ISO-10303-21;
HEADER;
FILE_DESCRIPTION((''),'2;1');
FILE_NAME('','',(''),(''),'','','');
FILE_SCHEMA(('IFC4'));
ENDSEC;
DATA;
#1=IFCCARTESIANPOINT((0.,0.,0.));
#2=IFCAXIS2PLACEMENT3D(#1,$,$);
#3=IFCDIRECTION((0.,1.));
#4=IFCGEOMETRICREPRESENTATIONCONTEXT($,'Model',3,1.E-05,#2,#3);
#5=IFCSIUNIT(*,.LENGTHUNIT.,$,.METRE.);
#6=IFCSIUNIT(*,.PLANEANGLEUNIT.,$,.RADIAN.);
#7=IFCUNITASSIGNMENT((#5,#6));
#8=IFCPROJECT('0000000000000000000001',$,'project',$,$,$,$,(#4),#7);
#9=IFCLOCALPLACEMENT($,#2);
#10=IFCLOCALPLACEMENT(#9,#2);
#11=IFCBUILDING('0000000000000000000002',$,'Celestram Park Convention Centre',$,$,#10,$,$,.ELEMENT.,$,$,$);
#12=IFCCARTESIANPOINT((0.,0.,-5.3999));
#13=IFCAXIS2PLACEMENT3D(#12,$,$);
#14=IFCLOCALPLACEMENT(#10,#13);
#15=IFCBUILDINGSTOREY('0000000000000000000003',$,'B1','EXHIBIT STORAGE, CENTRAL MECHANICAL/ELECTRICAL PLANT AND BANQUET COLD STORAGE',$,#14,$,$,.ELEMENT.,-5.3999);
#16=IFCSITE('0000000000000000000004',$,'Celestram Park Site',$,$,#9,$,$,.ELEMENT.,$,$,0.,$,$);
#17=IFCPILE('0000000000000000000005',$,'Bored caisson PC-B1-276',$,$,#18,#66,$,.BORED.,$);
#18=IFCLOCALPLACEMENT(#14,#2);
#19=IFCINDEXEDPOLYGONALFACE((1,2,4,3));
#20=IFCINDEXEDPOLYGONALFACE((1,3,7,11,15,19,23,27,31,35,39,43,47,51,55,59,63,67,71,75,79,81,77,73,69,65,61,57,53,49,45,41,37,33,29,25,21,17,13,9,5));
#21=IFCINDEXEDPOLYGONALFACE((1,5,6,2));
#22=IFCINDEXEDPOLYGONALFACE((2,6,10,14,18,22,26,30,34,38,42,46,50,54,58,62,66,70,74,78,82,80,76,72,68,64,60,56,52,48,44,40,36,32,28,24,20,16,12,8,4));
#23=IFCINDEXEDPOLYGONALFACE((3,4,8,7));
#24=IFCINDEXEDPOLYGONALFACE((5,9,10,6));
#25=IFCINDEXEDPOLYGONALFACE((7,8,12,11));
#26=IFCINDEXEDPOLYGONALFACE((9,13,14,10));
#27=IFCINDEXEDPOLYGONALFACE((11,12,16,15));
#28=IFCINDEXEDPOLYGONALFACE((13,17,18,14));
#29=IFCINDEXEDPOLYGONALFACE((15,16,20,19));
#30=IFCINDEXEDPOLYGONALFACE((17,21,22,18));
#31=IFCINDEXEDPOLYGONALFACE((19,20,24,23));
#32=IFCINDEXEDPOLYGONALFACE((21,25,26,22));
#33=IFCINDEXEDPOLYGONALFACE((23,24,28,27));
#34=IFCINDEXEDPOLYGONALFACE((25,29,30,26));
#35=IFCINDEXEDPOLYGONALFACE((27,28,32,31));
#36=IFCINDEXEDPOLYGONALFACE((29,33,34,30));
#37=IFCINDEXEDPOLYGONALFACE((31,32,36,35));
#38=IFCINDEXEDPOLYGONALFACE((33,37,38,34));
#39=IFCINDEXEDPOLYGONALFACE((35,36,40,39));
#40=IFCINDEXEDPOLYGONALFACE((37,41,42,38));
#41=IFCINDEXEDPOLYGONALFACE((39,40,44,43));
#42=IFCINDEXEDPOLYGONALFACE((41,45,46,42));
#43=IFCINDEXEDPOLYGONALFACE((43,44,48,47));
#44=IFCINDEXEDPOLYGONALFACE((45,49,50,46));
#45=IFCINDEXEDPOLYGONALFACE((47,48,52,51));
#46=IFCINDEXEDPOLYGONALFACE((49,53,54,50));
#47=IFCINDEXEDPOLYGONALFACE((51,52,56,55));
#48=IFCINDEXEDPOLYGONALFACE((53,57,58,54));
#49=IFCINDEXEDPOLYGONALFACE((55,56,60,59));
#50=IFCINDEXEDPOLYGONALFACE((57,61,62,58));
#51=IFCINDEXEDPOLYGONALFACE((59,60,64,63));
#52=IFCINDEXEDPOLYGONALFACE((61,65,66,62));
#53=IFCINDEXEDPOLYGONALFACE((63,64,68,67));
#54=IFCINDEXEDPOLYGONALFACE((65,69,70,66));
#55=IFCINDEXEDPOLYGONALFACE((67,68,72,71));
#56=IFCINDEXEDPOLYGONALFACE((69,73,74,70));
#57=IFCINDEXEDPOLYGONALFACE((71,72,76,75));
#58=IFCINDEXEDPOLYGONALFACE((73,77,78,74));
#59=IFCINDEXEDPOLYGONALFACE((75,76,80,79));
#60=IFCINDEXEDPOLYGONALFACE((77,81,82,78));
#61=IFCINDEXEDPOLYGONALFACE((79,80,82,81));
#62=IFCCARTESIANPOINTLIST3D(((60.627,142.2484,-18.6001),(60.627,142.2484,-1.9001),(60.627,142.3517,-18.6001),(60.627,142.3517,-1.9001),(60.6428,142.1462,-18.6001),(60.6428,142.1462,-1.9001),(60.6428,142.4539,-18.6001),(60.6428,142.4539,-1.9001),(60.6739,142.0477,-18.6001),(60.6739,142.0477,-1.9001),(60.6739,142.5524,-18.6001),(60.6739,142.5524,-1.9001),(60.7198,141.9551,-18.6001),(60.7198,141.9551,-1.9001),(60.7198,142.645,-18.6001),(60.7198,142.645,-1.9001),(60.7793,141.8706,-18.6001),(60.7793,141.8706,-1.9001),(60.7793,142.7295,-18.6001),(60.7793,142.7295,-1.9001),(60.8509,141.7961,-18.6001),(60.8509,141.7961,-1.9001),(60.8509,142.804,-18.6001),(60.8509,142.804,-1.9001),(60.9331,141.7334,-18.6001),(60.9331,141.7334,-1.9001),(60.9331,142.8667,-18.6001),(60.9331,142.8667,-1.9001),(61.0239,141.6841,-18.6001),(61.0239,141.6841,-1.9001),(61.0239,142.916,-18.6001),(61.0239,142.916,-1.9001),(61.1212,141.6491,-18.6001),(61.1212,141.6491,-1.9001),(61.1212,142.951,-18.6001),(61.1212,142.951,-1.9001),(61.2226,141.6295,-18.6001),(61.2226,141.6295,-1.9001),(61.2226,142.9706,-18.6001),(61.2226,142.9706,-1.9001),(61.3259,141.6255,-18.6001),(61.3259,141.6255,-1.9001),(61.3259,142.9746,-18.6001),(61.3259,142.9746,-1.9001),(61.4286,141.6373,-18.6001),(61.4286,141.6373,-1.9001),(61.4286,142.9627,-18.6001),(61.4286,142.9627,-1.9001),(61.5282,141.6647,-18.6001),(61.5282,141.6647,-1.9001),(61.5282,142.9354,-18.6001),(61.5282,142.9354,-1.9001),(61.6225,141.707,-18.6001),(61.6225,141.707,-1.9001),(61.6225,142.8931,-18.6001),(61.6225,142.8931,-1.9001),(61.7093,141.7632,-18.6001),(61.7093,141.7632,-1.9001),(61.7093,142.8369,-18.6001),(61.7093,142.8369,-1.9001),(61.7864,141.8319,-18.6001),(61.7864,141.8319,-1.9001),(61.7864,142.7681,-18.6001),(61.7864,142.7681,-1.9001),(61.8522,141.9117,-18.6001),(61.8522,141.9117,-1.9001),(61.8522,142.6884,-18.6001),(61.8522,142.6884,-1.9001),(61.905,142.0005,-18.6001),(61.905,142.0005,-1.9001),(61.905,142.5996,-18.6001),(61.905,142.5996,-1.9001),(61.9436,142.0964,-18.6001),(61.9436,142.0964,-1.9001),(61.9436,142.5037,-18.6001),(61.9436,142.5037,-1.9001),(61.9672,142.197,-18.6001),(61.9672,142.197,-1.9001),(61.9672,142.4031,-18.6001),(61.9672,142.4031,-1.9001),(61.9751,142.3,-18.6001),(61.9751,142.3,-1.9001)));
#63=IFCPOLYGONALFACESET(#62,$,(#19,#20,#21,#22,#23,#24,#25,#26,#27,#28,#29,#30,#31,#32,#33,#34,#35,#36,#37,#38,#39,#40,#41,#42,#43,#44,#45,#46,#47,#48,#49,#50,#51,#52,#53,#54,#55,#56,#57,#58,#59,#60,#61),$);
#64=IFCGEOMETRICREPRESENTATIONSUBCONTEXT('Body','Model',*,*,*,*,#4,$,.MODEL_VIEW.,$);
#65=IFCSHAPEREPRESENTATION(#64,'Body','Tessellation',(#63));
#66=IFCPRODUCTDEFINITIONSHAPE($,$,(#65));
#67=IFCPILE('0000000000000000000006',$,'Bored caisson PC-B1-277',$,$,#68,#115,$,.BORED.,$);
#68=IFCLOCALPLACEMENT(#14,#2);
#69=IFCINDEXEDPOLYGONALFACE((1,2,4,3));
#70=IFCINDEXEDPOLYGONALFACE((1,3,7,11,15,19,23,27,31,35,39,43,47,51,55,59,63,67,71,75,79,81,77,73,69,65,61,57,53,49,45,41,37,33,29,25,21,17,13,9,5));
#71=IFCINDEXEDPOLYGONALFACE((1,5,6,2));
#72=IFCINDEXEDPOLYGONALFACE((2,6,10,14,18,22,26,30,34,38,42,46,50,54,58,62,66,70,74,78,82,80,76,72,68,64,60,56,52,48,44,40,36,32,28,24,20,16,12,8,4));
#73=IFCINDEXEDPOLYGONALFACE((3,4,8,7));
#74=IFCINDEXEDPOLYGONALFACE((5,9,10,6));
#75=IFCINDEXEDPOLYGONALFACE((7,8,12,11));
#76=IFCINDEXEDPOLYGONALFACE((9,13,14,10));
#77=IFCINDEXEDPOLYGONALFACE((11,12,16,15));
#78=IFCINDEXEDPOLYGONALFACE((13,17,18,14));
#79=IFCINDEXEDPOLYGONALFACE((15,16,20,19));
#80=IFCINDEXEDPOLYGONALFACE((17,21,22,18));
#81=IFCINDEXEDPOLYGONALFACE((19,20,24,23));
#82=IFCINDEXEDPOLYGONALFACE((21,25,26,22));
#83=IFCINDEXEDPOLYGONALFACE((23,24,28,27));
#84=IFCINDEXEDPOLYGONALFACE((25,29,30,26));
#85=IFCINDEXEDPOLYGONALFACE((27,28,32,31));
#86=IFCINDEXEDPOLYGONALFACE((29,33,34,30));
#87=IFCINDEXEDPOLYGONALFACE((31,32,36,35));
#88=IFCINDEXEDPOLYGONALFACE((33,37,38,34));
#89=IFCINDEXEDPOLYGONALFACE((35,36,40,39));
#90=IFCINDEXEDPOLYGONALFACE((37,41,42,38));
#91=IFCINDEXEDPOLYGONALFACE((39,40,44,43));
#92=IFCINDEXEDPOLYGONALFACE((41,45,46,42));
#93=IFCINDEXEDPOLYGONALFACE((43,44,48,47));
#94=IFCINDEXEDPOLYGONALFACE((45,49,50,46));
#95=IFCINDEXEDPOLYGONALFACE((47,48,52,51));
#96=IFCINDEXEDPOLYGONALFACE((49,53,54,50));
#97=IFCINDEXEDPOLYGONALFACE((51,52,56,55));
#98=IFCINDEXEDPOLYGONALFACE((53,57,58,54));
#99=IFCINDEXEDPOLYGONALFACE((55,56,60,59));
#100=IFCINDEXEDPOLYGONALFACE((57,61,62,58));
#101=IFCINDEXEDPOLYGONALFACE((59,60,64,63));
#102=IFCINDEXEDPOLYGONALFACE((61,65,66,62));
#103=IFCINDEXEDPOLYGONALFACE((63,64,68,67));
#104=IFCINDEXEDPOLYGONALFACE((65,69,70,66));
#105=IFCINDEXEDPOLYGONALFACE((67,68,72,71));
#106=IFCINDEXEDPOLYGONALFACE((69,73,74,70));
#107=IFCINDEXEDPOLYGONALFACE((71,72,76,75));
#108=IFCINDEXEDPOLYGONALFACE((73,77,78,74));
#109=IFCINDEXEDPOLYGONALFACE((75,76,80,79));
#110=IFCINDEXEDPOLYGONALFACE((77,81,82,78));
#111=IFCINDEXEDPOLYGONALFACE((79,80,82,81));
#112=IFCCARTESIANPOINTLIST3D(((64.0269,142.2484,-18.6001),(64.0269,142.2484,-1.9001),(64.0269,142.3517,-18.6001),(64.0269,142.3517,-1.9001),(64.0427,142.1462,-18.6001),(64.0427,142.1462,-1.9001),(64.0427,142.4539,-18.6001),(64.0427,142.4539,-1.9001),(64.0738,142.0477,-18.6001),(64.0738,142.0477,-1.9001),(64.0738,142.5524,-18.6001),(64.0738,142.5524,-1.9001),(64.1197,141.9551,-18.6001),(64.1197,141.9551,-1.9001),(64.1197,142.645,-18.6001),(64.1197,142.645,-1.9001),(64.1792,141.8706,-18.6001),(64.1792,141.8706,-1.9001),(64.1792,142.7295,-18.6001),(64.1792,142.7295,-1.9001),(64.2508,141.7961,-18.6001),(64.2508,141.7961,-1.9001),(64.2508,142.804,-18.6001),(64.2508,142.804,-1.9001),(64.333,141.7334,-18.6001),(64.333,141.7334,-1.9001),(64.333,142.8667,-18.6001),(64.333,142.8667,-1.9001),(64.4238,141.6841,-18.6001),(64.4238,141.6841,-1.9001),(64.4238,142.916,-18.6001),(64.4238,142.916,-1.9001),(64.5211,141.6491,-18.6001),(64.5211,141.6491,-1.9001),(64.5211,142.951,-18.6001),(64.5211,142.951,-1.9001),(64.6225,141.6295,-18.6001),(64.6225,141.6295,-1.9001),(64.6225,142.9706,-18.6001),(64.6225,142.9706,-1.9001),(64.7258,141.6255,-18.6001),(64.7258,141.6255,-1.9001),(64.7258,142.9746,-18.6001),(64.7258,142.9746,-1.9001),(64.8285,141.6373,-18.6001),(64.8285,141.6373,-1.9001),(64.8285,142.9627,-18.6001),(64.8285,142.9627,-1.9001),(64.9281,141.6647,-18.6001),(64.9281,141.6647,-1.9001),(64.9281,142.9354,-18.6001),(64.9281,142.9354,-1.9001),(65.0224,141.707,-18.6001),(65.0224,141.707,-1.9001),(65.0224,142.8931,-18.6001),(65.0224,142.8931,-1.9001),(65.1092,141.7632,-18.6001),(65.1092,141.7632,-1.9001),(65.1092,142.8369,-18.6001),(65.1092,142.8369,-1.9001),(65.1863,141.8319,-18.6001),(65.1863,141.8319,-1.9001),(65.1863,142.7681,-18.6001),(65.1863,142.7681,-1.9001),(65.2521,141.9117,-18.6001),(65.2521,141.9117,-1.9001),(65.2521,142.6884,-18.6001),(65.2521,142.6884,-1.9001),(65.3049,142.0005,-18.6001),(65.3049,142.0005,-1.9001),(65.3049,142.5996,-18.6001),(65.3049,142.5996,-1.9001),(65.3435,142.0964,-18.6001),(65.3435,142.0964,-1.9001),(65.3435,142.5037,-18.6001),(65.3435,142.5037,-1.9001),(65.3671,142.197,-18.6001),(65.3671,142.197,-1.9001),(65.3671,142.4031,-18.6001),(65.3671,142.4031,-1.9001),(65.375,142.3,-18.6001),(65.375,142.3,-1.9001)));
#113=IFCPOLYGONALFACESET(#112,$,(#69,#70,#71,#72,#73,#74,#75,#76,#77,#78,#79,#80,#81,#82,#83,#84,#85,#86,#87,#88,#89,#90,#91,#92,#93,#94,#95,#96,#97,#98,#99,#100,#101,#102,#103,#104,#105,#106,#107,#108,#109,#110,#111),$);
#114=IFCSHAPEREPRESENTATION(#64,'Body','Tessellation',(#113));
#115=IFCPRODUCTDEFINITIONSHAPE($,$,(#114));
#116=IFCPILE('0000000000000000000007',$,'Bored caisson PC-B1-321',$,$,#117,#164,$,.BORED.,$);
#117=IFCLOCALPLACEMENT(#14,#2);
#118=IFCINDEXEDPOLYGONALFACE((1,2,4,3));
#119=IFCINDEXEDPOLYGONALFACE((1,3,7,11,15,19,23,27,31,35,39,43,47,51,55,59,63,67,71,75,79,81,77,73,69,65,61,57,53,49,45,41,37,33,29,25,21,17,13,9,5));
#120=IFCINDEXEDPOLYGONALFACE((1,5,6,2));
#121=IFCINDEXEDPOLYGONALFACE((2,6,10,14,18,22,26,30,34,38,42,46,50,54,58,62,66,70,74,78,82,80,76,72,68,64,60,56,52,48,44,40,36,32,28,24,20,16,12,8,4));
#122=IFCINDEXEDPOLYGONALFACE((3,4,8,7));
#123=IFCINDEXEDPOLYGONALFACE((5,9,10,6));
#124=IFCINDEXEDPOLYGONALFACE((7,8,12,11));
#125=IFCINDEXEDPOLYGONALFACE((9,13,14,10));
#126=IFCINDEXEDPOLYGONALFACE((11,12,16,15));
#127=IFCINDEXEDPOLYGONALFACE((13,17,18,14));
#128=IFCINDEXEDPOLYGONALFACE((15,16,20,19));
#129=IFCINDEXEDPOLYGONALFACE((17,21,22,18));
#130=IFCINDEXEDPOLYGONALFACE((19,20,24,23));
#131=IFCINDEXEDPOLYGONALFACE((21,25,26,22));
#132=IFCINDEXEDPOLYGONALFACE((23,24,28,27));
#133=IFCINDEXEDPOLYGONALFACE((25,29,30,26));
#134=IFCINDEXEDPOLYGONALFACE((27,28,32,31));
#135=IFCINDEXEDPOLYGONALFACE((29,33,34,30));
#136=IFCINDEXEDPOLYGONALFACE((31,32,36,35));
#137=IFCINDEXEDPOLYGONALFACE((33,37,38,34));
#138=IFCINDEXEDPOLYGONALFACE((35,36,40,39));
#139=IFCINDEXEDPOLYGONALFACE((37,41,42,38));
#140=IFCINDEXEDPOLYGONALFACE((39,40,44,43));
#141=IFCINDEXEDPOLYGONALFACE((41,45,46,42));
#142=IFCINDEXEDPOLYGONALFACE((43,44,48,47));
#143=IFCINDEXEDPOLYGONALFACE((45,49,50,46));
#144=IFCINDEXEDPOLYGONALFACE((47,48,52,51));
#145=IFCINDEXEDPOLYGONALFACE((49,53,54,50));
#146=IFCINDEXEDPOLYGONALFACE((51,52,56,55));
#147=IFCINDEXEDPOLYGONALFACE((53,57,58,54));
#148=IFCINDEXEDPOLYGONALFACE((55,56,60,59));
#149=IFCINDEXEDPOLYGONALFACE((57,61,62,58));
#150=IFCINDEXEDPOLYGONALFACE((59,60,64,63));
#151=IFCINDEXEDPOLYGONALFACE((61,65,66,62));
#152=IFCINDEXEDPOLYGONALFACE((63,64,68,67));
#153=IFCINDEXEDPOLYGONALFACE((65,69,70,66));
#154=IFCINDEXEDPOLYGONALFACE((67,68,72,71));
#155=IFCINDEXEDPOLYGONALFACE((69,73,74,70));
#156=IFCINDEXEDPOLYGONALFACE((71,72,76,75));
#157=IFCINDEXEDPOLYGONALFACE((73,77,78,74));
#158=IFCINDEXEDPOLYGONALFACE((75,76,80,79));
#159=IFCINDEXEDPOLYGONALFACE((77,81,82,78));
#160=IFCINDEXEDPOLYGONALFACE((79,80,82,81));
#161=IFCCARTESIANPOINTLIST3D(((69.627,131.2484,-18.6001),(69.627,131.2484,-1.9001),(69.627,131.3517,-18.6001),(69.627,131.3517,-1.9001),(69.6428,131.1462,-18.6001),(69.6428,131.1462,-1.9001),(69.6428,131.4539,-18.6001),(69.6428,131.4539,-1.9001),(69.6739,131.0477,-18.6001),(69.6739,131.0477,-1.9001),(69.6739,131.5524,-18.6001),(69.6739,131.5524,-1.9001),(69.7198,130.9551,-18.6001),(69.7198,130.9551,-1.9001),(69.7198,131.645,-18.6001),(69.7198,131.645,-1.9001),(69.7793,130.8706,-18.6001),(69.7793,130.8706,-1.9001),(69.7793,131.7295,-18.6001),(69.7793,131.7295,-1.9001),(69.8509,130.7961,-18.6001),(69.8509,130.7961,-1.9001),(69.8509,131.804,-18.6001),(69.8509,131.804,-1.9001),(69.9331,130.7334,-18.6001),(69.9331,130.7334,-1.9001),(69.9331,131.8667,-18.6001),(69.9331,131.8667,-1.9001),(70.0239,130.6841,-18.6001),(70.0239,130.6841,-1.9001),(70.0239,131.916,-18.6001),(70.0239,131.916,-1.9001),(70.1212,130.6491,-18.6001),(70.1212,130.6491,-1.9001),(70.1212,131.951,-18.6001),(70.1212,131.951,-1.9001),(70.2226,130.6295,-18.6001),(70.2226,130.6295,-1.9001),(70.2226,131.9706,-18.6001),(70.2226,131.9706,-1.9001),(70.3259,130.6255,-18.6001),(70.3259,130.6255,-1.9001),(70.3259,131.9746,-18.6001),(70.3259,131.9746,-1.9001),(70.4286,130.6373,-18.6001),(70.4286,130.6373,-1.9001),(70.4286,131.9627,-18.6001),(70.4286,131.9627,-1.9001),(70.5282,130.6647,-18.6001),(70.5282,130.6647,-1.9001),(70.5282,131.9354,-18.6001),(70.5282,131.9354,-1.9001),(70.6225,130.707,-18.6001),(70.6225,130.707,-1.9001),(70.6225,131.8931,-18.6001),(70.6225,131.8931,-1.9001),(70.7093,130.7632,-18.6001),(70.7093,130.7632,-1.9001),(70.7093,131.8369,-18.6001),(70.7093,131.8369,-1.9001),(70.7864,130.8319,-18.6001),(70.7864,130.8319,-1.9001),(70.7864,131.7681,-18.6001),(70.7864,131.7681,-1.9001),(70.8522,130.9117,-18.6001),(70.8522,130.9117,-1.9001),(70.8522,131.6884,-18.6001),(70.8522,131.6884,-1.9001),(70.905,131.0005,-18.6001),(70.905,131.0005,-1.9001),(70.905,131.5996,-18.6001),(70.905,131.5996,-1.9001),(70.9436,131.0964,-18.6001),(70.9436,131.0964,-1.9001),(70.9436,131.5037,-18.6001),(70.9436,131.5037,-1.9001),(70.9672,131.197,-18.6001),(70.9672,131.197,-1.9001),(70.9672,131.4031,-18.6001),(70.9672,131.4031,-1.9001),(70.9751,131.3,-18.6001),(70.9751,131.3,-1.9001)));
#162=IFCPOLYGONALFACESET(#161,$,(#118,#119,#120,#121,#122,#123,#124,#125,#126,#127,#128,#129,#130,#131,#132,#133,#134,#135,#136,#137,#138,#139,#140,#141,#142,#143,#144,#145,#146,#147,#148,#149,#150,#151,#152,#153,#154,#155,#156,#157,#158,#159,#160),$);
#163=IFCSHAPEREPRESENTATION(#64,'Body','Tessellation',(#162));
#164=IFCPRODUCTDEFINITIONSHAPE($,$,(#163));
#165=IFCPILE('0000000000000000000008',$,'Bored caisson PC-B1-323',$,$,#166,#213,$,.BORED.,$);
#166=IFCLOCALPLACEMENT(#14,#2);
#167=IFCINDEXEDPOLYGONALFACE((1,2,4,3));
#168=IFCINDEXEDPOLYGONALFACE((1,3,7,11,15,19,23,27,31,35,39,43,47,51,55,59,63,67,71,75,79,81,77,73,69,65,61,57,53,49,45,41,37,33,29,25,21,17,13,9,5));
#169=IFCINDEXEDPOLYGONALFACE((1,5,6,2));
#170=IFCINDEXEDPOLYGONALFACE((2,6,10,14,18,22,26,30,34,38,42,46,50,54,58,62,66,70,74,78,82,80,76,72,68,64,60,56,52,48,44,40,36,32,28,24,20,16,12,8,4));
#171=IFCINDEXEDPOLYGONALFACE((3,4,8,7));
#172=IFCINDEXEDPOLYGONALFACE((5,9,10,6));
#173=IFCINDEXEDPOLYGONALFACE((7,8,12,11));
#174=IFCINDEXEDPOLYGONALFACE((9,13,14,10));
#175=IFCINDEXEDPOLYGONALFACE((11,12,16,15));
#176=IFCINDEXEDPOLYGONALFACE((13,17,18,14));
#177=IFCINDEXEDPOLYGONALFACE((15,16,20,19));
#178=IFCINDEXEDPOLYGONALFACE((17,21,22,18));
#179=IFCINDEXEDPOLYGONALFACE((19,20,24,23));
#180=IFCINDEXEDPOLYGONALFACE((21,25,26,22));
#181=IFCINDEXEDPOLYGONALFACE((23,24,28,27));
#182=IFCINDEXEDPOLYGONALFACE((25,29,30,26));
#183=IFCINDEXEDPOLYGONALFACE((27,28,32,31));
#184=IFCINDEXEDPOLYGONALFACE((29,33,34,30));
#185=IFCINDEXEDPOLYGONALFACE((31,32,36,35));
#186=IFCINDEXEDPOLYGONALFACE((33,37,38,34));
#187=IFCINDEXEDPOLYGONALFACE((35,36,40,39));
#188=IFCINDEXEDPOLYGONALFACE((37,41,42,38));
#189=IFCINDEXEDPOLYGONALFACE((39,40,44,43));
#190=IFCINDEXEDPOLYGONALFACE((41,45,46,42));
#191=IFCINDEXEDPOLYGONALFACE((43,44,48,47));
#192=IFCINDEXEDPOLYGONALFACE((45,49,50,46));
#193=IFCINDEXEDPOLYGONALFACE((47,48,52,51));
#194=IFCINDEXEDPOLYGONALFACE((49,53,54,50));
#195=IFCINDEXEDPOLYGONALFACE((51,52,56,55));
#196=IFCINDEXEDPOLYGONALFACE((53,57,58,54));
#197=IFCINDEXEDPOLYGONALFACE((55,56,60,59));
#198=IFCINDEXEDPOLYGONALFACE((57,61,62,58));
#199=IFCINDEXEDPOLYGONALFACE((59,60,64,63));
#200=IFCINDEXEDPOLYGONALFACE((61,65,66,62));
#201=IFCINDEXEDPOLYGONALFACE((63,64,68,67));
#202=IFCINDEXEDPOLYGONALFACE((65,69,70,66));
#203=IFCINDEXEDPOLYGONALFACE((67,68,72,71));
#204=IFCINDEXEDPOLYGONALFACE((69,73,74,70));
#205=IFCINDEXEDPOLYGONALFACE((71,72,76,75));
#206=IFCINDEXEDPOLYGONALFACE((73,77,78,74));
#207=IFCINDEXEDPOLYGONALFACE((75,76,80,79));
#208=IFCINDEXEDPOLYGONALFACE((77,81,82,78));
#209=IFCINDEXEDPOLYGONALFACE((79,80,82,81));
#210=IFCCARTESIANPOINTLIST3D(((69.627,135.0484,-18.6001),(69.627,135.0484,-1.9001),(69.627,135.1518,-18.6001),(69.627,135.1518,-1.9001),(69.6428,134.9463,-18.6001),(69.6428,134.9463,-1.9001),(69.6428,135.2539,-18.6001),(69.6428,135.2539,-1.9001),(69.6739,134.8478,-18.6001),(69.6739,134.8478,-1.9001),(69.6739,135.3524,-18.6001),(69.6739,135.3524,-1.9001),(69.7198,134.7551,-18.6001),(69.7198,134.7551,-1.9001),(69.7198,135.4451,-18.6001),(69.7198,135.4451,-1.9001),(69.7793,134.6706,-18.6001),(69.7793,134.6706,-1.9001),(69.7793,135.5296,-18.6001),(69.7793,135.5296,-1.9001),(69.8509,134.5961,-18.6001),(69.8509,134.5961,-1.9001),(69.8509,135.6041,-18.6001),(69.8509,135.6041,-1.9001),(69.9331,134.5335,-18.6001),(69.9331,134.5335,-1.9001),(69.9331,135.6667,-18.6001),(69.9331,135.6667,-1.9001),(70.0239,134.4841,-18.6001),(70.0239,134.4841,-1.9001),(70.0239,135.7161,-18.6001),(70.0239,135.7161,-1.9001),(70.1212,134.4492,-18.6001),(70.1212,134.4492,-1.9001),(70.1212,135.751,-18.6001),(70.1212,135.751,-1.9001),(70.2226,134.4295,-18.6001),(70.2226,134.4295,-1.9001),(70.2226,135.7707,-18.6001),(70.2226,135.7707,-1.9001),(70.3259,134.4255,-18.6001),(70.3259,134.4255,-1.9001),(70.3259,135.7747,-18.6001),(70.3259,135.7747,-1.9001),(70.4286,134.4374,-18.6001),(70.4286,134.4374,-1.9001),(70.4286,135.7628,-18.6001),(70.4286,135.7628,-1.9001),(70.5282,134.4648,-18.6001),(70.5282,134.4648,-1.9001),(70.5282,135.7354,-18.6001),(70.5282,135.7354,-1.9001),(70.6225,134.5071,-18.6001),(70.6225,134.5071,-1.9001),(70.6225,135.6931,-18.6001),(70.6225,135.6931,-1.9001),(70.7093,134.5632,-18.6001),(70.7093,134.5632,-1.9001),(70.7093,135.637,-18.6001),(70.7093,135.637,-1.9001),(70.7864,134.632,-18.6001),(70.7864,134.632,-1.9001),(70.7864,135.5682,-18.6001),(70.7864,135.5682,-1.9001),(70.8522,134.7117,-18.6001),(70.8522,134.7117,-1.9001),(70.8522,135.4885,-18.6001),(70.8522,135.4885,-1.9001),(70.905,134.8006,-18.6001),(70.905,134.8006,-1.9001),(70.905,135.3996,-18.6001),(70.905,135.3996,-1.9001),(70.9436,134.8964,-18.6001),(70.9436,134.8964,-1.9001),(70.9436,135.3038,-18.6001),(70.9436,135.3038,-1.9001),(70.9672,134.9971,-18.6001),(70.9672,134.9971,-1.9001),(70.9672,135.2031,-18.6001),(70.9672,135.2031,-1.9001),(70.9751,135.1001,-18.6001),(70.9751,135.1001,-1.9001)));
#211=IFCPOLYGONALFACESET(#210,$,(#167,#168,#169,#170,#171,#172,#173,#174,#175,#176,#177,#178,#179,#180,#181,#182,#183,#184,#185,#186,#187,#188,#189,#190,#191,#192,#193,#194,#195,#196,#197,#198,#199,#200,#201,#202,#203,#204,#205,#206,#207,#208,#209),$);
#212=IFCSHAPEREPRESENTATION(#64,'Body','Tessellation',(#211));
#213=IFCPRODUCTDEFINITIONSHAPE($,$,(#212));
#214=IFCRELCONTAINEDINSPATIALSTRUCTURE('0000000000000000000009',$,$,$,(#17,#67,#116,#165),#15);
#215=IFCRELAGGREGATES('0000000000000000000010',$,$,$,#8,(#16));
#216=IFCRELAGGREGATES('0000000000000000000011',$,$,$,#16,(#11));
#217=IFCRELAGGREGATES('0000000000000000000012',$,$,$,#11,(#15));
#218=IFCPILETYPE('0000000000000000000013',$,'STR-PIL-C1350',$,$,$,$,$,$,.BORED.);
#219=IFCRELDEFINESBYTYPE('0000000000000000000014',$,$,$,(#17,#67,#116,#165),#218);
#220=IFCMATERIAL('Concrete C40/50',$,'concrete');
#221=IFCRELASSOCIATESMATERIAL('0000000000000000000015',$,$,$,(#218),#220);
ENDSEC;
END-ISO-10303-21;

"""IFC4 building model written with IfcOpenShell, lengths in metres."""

from ifc_helpers import new_model, si_unit, direction, frame, origin, origin_2d, place, context, subcontext, project, spatial, circle, extrude, material, material_profile, profile_set, type_object, element, save


model = new_model("IFC4")

# Units and contexts
model_context = context("Model", 3, precision=1e-05, world=origin(), true_north=direction((0.0, 1.0)))
body_context = subcontext(model_context, "Body", "Model", "MODEL_VIEW")
ifc_project = project(units=[si_unit("LENGTHUNIT", "METRE"), si_unit("PLANEANGLEUNIT", "RADIAN")], contexts=[model_context])

# Site, building, storey
site_placement = place(None, origin())
site = spatial("IfcSite", under=ifc_project, at=site_placement, Name="Celestram Park Site", CompositionType="ELEMENT", RefElevation=0.0)
building_placement = place(site_placement, origin())
building = spatial("IfcBuilding", under=site, at=building_placement, Name="Celestram Park Convention Centre", CompositionType="ELEMENT")
storey_placement = place(building_placement, frame((0.0, 0.0, -5.3999)))
storey = spatial("IfcBuildingStorey", under=building, at=storey_placement, Name="B1", Description="EXHIBIT STORAGE, CENTRAL MECHANICAL/ELECTRICAL PLANT AND BANQUET COLD STORAGE", CompositionType="ELEMENT", Elevation=-5.3999)

# Shared definitions
ifc_material_1 = material(Name="Concrete C40/50", Category="concrete")

# Piles
ifc_material_profile_1 = material_profile(ifc_material_1, circle(Radius=0.675, at=origin_2d()), Name="CAISSON1350")
ifc_profile_set_1 = profile_set([ifc_material_profile_1], Name="Concrete C40/50")
pile_type = type_object("IfcPileType", Name="STR-PIL-C1350", PredefinedType="BORED", material=ifc_profile_set_1)
for number, where, z_axis, x_axis, name in (
    (1, (61.3, 142.3, -1.9001), (0.0, 0.0, -1.0), (1.0, 0.0, 0.0), "Bored caisson PC-B1-276"),
    (2, (64.7, 142.3, -1.9001), (0.0, 0.0, -1.0), (1.0, 0.0, 0.0), "Bored caisson PC-B1-277"),
    (3, (70.3, 131.3, -1.9001), (0.0, 0.0, -1.0), (1.0, 0.0, 0.0), "Bored caisson PC-B1-321"),
    (4, (70.3, 135.1001, -1.9001), (0.0, 0.0, -1.0), (1.0, 0.0, 0.0), "Bored caisson PC-B1-323"),
):
    element("IfcPile", number, at=place(storey_placement, frame(where, z_axis=z_axis, x_axis=x_axis)), inside=storey, type_object=pile_type, Name=name, PredefinedType="BORED", context=body_context, shape_type="SweptSolid", body=[
        extrude(circle(Radius=0.675, at=origin_2d()), origin(), (0.0, 0.0, 1.0), 16.7),
    ])

save(model, "model.ifc")
